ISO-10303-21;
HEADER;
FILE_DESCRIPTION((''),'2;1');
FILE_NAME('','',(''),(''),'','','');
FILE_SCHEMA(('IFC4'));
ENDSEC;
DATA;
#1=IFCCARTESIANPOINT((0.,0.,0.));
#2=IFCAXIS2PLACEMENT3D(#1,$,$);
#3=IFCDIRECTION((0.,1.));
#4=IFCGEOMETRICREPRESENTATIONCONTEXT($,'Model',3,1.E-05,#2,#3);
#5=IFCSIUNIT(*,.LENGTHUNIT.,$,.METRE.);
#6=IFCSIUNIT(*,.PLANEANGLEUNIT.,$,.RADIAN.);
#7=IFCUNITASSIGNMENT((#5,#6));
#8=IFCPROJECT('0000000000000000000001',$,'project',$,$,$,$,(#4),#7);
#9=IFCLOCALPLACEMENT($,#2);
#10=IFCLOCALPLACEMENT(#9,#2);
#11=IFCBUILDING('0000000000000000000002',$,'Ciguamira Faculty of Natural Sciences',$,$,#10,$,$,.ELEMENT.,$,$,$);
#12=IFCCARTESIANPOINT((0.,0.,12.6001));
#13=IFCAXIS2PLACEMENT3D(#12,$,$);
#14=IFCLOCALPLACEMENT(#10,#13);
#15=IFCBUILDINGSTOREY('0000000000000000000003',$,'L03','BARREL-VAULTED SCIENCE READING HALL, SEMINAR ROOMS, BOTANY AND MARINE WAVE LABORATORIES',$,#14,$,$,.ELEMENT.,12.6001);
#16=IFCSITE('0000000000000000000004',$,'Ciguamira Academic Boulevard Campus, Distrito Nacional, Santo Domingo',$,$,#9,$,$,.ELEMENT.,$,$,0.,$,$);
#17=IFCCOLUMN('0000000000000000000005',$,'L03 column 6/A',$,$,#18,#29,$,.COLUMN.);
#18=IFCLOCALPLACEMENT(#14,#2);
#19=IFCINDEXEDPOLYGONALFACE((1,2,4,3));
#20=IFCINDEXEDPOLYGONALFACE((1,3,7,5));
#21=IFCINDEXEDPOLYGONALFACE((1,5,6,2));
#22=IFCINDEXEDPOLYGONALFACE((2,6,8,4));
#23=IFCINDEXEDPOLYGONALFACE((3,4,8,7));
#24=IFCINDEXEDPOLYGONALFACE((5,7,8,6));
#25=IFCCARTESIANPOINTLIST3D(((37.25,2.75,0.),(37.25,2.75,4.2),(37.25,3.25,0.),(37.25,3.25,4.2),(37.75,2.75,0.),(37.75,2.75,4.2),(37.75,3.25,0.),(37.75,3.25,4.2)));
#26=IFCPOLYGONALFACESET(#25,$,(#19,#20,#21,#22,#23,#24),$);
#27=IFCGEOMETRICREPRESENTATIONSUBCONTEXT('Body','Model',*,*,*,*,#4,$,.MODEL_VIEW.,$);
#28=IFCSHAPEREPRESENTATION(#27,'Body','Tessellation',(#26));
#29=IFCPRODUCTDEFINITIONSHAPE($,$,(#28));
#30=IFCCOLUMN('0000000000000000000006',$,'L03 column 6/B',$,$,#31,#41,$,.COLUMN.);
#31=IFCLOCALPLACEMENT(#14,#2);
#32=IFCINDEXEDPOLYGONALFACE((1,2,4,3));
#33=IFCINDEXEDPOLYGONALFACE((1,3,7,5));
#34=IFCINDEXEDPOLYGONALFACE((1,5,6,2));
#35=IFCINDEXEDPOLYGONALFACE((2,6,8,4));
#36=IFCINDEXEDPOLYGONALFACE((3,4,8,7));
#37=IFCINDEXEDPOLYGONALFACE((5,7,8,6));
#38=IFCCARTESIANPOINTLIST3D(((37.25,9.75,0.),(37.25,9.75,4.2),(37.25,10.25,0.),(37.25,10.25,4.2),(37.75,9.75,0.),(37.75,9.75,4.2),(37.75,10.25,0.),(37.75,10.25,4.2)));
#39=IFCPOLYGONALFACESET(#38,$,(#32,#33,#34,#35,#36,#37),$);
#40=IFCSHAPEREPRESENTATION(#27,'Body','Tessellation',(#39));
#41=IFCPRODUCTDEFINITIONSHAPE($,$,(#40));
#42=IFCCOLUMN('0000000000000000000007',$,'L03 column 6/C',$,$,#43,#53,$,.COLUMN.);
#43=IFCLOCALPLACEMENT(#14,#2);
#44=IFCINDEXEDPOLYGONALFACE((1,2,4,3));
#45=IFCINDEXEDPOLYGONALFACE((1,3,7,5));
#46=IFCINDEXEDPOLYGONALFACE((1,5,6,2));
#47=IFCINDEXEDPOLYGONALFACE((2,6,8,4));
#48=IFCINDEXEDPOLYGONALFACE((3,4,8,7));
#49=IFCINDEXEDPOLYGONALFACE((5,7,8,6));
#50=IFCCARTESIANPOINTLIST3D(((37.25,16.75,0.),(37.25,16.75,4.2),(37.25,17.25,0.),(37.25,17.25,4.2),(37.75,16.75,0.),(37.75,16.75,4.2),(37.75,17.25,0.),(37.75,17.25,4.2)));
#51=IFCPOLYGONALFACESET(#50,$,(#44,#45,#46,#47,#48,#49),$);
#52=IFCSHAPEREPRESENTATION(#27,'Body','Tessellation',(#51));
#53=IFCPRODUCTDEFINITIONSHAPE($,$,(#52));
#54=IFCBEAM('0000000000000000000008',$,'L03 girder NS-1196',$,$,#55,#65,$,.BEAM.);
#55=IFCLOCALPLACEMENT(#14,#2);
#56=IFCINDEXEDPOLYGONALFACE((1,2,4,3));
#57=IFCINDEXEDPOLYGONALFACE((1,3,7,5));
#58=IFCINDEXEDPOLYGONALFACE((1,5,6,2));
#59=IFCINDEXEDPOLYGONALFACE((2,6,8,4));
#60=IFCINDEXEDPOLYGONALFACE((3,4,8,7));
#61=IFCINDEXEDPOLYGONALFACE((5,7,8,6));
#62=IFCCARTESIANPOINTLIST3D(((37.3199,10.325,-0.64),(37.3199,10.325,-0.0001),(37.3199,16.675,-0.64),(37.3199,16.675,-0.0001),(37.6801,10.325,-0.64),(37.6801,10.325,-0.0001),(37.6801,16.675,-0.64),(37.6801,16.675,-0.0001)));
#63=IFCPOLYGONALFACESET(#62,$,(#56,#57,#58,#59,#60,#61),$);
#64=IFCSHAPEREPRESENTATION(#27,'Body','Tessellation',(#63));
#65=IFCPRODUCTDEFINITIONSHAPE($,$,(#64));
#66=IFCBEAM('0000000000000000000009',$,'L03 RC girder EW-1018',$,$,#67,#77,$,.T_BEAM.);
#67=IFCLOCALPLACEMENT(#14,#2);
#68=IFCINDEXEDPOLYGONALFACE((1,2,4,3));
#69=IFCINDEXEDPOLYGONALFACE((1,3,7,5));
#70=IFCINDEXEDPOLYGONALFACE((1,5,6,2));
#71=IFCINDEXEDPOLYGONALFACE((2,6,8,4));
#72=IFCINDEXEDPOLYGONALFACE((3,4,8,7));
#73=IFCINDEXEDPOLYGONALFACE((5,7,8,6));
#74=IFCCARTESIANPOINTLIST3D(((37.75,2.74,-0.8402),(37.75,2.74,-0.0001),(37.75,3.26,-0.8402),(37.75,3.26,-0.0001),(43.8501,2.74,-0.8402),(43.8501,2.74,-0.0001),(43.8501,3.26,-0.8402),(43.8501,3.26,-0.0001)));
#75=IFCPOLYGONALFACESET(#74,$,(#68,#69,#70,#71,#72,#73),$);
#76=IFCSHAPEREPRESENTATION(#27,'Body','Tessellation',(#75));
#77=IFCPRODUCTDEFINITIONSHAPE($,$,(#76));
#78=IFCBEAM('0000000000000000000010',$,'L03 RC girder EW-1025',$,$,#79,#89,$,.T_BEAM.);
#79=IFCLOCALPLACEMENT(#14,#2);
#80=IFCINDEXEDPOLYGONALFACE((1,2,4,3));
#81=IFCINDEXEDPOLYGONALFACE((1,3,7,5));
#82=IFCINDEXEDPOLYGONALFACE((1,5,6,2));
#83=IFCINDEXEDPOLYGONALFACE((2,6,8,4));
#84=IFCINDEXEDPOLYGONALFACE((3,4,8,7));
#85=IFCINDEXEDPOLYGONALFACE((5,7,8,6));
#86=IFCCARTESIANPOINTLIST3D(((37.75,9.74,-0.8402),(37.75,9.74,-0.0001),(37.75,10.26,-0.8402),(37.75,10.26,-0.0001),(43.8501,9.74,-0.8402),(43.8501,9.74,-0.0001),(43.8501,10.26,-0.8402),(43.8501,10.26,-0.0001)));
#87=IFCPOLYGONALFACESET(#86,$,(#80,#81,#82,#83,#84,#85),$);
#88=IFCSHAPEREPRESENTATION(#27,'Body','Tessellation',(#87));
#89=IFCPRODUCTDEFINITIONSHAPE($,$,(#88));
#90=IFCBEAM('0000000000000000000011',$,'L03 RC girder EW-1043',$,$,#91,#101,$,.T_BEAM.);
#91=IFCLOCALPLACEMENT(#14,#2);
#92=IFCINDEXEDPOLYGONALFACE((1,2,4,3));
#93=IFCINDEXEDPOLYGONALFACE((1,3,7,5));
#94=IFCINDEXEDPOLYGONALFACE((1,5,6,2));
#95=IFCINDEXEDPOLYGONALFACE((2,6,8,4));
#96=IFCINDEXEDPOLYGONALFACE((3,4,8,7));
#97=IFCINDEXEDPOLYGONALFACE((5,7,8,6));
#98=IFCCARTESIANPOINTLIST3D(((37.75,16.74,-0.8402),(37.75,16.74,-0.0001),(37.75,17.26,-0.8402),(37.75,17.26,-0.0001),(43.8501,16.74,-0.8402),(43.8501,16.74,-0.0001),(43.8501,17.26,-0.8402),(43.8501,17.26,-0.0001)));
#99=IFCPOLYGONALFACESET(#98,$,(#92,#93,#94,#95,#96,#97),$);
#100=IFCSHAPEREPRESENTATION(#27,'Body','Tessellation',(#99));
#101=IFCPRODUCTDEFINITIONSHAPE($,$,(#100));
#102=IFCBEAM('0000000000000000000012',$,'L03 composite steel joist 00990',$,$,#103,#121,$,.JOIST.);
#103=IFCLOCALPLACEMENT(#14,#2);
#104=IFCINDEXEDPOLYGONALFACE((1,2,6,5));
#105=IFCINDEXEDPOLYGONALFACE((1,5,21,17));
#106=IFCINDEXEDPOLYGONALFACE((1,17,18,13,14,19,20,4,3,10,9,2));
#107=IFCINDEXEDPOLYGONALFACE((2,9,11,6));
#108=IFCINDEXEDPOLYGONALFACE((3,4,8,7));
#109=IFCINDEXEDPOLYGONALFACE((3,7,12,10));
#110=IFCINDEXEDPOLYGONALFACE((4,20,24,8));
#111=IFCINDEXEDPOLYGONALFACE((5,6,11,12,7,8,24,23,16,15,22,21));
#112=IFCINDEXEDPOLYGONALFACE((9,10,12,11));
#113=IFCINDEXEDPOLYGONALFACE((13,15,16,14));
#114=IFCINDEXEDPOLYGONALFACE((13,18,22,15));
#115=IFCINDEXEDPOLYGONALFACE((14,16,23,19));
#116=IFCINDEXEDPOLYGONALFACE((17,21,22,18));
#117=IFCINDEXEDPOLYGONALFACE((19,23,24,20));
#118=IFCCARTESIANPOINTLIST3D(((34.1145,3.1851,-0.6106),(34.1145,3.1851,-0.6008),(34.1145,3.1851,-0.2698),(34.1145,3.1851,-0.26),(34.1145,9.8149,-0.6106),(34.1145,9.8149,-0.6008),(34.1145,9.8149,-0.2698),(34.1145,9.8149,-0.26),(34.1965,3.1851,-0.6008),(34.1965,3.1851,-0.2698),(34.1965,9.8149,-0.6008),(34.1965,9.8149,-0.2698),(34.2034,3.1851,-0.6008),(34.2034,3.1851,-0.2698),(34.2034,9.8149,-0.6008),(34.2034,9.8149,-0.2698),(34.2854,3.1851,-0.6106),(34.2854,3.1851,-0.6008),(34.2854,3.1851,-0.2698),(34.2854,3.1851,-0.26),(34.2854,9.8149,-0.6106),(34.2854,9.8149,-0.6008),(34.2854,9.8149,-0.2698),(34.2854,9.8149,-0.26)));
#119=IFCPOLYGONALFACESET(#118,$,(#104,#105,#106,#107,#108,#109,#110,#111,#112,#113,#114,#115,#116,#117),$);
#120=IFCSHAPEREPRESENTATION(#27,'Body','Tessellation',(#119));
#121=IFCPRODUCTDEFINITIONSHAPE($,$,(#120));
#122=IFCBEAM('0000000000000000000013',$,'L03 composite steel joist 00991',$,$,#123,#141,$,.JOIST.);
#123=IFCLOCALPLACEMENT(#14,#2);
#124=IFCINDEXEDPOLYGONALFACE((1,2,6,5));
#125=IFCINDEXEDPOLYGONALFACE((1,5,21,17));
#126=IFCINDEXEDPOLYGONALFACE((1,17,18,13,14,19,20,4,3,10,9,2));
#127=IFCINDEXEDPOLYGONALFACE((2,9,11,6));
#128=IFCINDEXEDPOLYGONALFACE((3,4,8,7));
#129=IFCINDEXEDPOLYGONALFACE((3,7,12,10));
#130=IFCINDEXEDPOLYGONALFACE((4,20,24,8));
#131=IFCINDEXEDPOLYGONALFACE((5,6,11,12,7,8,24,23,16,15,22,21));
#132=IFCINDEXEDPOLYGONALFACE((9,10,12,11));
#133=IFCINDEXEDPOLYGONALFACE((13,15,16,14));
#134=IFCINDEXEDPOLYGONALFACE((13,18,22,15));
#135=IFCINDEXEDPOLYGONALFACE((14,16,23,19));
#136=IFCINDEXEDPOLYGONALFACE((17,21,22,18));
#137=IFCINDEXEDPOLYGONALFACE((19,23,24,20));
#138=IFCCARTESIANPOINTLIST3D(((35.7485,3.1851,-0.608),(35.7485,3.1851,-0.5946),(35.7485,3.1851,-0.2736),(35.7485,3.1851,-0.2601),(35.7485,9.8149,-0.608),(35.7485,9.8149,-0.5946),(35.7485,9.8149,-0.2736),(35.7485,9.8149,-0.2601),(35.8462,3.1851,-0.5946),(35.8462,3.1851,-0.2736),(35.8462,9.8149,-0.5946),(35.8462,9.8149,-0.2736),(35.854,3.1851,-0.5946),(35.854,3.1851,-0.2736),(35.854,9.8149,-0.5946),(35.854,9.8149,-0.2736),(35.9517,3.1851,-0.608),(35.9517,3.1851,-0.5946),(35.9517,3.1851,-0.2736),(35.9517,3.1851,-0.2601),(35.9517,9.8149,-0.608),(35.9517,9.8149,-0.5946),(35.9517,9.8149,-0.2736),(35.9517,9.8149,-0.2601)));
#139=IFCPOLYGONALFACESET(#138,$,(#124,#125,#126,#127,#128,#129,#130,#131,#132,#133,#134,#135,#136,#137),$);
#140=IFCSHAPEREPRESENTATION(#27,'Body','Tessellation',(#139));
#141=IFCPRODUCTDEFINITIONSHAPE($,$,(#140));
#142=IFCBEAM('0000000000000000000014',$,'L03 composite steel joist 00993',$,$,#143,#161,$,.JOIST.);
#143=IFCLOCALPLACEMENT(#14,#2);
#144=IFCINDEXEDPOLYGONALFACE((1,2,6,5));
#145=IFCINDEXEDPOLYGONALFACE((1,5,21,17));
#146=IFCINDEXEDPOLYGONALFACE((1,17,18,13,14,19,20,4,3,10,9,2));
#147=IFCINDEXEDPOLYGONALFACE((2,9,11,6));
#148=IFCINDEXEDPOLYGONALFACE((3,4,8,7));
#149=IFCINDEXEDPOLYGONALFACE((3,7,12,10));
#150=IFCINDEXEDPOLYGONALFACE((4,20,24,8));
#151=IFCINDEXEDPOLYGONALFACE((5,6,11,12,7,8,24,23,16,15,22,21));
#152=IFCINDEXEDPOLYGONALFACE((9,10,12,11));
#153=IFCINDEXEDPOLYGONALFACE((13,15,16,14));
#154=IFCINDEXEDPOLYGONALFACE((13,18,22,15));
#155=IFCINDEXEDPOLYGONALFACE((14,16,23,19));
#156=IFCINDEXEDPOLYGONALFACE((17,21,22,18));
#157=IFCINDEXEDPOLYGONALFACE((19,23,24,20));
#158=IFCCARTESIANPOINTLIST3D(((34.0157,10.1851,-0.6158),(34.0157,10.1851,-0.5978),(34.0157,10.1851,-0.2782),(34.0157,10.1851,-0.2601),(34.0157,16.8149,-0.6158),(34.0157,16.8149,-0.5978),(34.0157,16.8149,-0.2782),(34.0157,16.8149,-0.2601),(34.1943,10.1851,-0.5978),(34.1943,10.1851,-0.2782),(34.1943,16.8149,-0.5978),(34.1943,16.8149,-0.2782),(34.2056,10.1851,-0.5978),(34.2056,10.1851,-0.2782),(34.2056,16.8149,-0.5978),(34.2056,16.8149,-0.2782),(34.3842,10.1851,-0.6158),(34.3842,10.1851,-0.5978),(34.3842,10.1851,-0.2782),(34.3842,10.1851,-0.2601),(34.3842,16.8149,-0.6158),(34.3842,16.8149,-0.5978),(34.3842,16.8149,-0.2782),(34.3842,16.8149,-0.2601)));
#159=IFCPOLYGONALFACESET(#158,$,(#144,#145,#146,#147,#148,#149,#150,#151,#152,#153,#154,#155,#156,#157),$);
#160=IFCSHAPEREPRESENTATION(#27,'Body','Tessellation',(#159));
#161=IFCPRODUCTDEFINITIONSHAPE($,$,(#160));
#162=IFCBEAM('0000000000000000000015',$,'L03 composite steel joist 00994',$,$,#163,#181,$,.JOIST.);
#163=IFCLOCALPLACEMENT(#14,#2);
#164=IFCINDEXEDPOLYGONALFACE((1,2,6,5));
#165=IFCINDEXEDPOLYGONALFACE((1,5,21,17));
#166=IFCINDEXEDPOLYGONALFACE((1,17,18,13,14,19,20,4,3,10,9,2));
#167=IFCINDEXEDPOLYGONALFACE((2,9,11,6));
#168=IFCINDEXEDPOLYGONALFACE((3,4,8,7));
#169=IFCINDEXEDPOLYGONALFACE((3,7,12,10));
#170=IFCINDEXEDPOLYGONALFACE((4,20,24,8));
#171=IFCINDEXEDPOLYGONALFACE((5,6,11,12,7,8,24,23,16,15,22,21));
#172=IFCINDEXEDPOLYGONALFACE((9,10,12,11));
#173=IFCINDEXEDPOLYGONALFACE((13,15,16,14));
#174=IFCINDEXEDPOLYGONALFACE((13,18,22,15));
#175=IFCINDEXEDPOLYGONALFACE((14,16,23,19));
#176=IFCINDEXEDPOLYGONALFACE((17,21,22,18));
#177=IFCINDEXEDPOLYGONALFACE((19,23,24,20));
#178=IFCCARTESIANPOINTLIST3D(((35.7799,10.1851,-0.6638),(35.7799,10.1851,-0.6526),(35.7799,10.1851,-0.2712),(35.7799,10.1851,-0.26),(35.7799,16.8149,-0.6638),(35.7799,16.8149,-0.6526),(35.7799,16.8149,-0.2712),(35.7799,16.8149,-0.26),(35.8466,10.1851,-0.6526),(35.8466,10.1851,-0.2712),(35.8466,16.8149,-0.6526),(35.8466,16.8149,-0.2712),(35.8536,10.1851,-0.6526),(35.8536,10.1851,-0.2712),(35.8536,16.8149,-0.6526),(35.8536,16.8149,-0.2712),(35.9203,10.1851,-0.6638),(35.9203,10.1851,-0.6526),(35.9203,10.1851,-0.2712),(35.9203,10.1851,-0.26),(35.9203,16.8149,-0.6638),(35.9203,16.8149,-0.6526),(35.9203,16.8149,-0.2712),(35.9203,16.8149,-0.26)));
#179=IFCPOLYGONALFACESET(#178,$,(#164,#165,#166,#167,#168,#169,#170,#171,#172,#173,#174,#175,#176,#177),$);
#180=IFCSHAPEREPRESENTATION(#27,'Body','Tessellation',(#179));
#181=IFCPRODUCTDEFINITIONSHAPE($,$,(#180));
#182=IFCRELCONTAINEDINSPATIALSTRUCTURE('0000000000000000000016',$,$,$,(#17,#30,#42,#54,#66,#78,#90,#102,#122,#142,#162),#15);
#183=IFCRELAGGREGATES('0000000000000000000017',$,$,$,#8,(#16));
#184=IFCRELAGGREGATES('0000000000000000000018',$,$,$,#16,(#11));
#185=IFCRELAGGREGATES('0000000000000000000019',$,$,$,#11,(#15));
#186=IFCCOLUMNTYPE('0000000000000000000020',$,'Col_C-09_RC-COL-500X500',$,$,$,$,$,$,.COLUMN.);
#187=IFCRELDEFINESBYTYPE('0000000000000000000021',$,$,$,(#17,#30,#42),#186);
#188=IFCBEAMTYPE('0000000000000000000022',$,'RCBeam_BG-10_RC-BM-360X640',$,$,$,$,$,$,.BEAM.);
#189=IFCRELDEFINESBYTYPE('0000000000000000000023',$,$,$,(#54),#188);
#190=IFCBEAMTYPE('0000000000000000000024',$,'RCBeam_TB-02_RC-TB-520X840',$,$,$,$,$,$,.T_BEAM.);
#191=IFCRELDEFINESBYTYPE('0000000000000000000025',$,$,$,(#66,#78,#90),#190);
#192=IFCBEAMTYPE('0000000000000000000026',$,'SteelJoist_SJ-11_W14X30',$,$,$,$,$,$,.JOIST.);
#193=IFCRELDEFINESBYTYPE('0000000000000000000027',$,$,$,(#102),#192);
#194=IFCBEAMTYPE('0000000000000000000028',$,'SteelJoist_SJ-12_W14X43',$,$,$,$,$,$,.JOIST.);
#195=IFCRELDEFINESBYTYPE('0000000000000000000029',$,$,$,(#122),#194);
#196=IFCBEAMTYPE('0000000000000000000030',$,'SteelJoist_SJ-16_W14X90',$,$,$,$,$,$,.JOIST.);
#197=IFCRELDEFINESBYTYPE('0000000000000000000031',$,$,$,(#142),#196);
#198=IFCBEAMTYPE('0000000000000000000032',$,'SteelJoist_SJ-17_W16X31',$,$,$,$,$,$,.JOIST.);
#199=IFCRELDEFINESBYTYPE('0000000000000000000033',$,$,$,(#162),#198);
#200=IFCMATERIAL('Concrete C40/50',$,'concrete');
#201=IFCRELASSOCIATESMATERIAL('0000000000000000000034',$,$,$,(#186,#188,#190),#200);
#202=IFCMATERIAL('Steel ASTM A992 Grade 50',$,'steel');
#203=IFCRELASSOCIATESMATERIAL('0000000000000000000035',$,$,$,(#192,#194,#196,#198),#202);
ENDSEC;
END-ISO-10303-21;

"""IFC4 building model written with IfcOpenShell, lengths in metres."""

from ifc_helpers import new_model, si_unit, direction, frame, origin, origin_2d, place, context, subcontext, project, spatial, rectangle, i_section, extrude, material, material_profile, profile_set, type_object, element, save


model = new_model("IFC4")

# Units and contexts
model_context = context("Model", 3, precision=1e-05, world=origin(), true_north=direction((0.0, 1.0)))
body_context = subcontext(model_context, "Body", "Model", "MODEL_VIEW")
ifc_project = project(units=[si_unit("LENGTHUNIT", "METRE"), si_unit("PLANEANGLEUNIT", "RADIAN")], contexts=[model_context])

# Site, building, storey
site_placement = place(None, origin())
site = spatial("IfcSite", under=ifc_project, at=site_placement, Name="Ciguamira Academic Boulevard Campus, Distrito Nacional, Santo Domingo", CompositionType="ELEMENT", RefElevation=0.0)
building_placement = place(site_placement, origin())
building = spatial("IfcBuilding", under=site, at=building_placement, Name="Ciguamira Faculty of Natural Sciences", CompositionType="ELEMENT")
storey_placement = place(building_placement, frame((0.0, 0.0, 12.6001)))
storey = spatial("IfcBuildingStorey", under=building, at=storey_placement, Name="L03", Description="BARREL-VAULTED SCIENCE READING HALL, SEMINAR ROOMS, BOTANY AND MARINE WAVE LABORATORIES", CompositionType="ELEMENT", Elevation=12.6001)

# Columns
ifc_material_1 = material(Name="Concrete C40/50", Category="concrete")
ifc_material_profile_1 = material_profile(ifc_material_1, rectangle(XDim=0.5, YDim=0.5, at=origin_2d()), Name="RC-COL-500X500")
ifc_profile_set_1 = profile_set([ifc_material_profile_1], Name="Concrete C40/50")
column_type = type_object("IfcColumnType", Name="Col_C-09_RC-COL-500X500", PredefinedType="COLUMN", material=ifc_profile_set_1)
for number, where, z_axis, x_axis, name in (
    (1, (37.5, 3.0, 0.0), (0.0, 0.0, 1.0), (1.0, 0.0, 0.0), "L03 column 6/A"),
    (2, (37.5, 10.0, 0.0), (0.0, 0.0, 1.0), (1.0, 0.0, 0.0), "L03 column 6/B"),
    (3, (37.5, 17.0, 0.0), (0.0, 0.0, 1.0), (1.0, 0.0, 0.0), "L03 column 6/C"),
):
    element("IfcColumn", number, at=place(storey_placement, frame(where, z_axis=z_axis, x_axis=x_axis)), inside=storey, type_object=column_type, Name=name, PredefinedType="COLUMN", context=body_context, shape_type="SweptSolid", body=[
        extrude(rectangle(XDim=0.5, YDim=0.5, at=origin_2d()), origin(), (0.0, 0.0, 1.0), 4.2),
    ])

# Beams
ifc_material_profile_2 = material_profile(ifc_material_1, rectangle(XDim=0.3601, YDim=0.6399, at=origin_2d()), Name="RC-BM-360X640")
ifc_profile_set_2 = profile_set([ifc_material_profile_2], Name="Concrete C40/50")
beam_type_1 = type_object("IfcBeamType", Name="RCBeam_BG-10_RC-BM-360X640", PredefinedType="BEAM", material=ifc_profile_set_2)
beam_1_placement = place(storey_placement, frame((37.5, 10.325, -0.3201), z_axis=(0.0, 1.0, 0.0), x_axis=(-1.0, 0.0, 0.0)))
element("IfcBeam", 4, at=beam_1_placement, inside=storey, type_object=beam_type_1, Name="L03 girder NS-1196", PredefinedType="BEAM", context=body_context, shape_type="SweptSolid", body=[
    extrude(rectangle(XDim=0.3601, YDim=0.6399, at=origin_2d()), origin(), (0.0, 0.0, 1.0), 6.3501),
])
ifc_material_profile_3 = material_profile(ifc_material_1, rectangle(XDim=0.52, YDim=0.8401, at=origin_2d()), Name="RC-TB-520X840")
ifc_profile_set_3 = profile_set([ifc_material_profile_3], Name="Concrete C40/50")
beam_type_2 = type_object("IfcBeamType", Name="RCBeam_TB-02_RC-TB-520X840", PredefinedType="T_BEAM", material=ifc_profile_set_3)
for number, where, z_axis, x_axis, name in (
    (5, (37.75, 3.0, -0.4202), (1.0, 0.0, 0.0), (0.0, 1.0, 0.0), "L03 RC girder EW-1018"),
    (6, (37.75, 10.0, -0.4202), (1.0, 0.0, 0.0), (0.0, 1.0, 0.0), "L03 RC girder EW-1025"),
    (7, (37.75, 17.0, -0.4202), (1.0, 0.0, 0.0), (0.0, 1.0, 0.0), "L03 RC girder EW-1043"),
):
    element("IfcBeam", number, at=place(storey_placement, frame(where, z_axis=z_axis, x_axis=x_axis)), inside=storey, type_object=beam_type_2, Name=name, PredefinedType="T_BEAM", context=body_context, shape_type="SweptSolid", body=[
        extrude(rectangle(XDim=0.52, YDim=0.8401, at=origin_2d()), origin(), (0.0, 0.0, 1.0), 6.1001),
    ])
ifc_material_2 = material(Name="Steel ASTM A992 Grade 50", Category="steel")
ifc_material_profile_4 = material_profile(ifc_material_2, i_section(OverallWidth=0.1709, OverallDepth=0.3506, WebThickness=0.0068, FlangeThickness=0.0098, at=origin_2d()), Name="W14X30")
ifc_profile_set_4 = profile_set([ifc_material_profile_4], Name="Steel ASTM A992 Grade 50")
beam_type_3 = type_object("IfcBeamType", Name="SteelJoist_SJ-11_W14X30", PredefinedType="JOIST", material=ifc_profile_set_4)
beam_2_placement = place(storey_placement, frame((34.2, 3.1851, -0.4353), z_axis=(0.0, 1.0, 0.0), x_axis=(-1.0, 0.0, 0.0)))
element("IfcBeam", 8, at=beam_2_placement, inside=storey, type_object=beam_type_3, Name="L03 composite steel joist 00990", PredefinedType="JOIST", context=body_context, shape_type="SweptSolid", body=[
    extrude(i_section(OverallWidth=0.1709, OverallDepth=0.3506, WebThickness=0.0068, FlangeThickness=0.0098, at=origin_2d()), origin(), (0.0, 0.0, 1.0), 6.6299),
])
ifc_material_profile_5 = material_profile(ifc_material_2, i_section(OverallWidth=0.2031, OverallDepth=0.3479, WebThickness=0.0078, FlangeThickness=0.0134, at=origin_2d()), Name="W14X43")
ifc_profile_set_5 = profile_set([ifc_material_profile_5], Name="Steel ASTM A992 Grade 50")
beam_type_4 = type_object("IfcBeamType", Name="SteelJoist_SJ-12_W14X43", PredefinedType="JOIST", material=ifc_profile_set_5)
beam_3_placement = place(storey_placement, frame((35.8501, 3.1851, -0.4341), z_axis=(0.0, 1.0, 0.0), x_axis=(-1.0, 0.0, 0.0)))
element("IfcBeam", 9, at=beam_3_placement, inside=storey, type_object=beam_type_4, Name="L03 composite steel joist 00991", PredefinedType="JOIST", context=body_context, shape_type="SweptSolid", body=[
    extrude(i_section(OverallWidth=0.2031, OverallDepth=0.3479, WebThickness=0.0078, FlangeThickness=0.0134, at=origin_2d()), origin(), (0.0, 0.0, 1.0), 6.6299),
])
ifc_material_profile_6 = material_profile(ifc_material_2, i_section(OverallWidth=0.3684, OverallDepth=0.3557, WebThickness=0.0112, FlangeThickness=0.0181, at=origin_2d()), Name="W14X90")
ifc_profile_set_6 = profile_set([ifc_material_profile_6], Name="Steel ASTM A992 Grade 50")
beam_type_5 = type_object("IfcBeamType", Name="SteelJoist_SJ-16_W14X90", PredefinedType="JOIST", material=ifc_profile_set_6)
beam_4_placement = place(storey_placement, frame((34.2, 10.1851, -0.438), z_axis=(0.0, 1.0, 0.0), x_axis=(-1.0, 0.0, 0.0)))
element("IfcBeam", 10, at=beam_4_placement, inside=storey, type_object=beam_type_5, Name="L03 composite steel joist 00993", PredefinedType="JOIST", context=body_context, shape_type="SweptSolid", body=[
    extrude(i_section(OverallWidth=0.3684, OverallDepth=0.3557, WebThickness=0.0112, FlangeThickness=0.0181, at=origin_2d()), origin(), (0.0, 0.0, 1.0), 6.6299),
])
ifc_material_profile_7 = material_profile(ifc_material_2, i_section(OverallWidth=0.1404, OverallDepth=0.4038, WebThickness=0.0071, FlangeThickness=0.0112, at=origin_2d()), Name="W16X31")
ifc_profile_set_7 = profile_set([ifc_material_profile_7], Name="Steel ASTM A992 Grade 50")
beam_type_6 = type_object("IfcBeamType", Name="SteelJoist_SJ-17_W16X31", PredefinedType="JOIST", material=ifc_profile_set_7)
beam_5_placement = place(storey_placement, frame((35.8501, 10.1851, -0.4619), z_axis=(0.0, 1.0, 0.0), x_axis=(-1.0, 0.0, 0.0)))
element("IfcBeam", 11, at=beam_5_placement, inside=storey, type_object=beam_type_6, Name="L03 composite steel joist 00994", PredefinedType="JOIST", context=body_context, shape_type="SweptSolid", body=[
    extrude(i_section(OverallWidth=0.1404, OverallDepth=0.4038, WebThickness=0.0071, FlangeThickness=0.0112, at=origin_2d()), origin(), (0.0, 0.0, 1.0), 6.6299),
])

save(model, "model.ifc")
